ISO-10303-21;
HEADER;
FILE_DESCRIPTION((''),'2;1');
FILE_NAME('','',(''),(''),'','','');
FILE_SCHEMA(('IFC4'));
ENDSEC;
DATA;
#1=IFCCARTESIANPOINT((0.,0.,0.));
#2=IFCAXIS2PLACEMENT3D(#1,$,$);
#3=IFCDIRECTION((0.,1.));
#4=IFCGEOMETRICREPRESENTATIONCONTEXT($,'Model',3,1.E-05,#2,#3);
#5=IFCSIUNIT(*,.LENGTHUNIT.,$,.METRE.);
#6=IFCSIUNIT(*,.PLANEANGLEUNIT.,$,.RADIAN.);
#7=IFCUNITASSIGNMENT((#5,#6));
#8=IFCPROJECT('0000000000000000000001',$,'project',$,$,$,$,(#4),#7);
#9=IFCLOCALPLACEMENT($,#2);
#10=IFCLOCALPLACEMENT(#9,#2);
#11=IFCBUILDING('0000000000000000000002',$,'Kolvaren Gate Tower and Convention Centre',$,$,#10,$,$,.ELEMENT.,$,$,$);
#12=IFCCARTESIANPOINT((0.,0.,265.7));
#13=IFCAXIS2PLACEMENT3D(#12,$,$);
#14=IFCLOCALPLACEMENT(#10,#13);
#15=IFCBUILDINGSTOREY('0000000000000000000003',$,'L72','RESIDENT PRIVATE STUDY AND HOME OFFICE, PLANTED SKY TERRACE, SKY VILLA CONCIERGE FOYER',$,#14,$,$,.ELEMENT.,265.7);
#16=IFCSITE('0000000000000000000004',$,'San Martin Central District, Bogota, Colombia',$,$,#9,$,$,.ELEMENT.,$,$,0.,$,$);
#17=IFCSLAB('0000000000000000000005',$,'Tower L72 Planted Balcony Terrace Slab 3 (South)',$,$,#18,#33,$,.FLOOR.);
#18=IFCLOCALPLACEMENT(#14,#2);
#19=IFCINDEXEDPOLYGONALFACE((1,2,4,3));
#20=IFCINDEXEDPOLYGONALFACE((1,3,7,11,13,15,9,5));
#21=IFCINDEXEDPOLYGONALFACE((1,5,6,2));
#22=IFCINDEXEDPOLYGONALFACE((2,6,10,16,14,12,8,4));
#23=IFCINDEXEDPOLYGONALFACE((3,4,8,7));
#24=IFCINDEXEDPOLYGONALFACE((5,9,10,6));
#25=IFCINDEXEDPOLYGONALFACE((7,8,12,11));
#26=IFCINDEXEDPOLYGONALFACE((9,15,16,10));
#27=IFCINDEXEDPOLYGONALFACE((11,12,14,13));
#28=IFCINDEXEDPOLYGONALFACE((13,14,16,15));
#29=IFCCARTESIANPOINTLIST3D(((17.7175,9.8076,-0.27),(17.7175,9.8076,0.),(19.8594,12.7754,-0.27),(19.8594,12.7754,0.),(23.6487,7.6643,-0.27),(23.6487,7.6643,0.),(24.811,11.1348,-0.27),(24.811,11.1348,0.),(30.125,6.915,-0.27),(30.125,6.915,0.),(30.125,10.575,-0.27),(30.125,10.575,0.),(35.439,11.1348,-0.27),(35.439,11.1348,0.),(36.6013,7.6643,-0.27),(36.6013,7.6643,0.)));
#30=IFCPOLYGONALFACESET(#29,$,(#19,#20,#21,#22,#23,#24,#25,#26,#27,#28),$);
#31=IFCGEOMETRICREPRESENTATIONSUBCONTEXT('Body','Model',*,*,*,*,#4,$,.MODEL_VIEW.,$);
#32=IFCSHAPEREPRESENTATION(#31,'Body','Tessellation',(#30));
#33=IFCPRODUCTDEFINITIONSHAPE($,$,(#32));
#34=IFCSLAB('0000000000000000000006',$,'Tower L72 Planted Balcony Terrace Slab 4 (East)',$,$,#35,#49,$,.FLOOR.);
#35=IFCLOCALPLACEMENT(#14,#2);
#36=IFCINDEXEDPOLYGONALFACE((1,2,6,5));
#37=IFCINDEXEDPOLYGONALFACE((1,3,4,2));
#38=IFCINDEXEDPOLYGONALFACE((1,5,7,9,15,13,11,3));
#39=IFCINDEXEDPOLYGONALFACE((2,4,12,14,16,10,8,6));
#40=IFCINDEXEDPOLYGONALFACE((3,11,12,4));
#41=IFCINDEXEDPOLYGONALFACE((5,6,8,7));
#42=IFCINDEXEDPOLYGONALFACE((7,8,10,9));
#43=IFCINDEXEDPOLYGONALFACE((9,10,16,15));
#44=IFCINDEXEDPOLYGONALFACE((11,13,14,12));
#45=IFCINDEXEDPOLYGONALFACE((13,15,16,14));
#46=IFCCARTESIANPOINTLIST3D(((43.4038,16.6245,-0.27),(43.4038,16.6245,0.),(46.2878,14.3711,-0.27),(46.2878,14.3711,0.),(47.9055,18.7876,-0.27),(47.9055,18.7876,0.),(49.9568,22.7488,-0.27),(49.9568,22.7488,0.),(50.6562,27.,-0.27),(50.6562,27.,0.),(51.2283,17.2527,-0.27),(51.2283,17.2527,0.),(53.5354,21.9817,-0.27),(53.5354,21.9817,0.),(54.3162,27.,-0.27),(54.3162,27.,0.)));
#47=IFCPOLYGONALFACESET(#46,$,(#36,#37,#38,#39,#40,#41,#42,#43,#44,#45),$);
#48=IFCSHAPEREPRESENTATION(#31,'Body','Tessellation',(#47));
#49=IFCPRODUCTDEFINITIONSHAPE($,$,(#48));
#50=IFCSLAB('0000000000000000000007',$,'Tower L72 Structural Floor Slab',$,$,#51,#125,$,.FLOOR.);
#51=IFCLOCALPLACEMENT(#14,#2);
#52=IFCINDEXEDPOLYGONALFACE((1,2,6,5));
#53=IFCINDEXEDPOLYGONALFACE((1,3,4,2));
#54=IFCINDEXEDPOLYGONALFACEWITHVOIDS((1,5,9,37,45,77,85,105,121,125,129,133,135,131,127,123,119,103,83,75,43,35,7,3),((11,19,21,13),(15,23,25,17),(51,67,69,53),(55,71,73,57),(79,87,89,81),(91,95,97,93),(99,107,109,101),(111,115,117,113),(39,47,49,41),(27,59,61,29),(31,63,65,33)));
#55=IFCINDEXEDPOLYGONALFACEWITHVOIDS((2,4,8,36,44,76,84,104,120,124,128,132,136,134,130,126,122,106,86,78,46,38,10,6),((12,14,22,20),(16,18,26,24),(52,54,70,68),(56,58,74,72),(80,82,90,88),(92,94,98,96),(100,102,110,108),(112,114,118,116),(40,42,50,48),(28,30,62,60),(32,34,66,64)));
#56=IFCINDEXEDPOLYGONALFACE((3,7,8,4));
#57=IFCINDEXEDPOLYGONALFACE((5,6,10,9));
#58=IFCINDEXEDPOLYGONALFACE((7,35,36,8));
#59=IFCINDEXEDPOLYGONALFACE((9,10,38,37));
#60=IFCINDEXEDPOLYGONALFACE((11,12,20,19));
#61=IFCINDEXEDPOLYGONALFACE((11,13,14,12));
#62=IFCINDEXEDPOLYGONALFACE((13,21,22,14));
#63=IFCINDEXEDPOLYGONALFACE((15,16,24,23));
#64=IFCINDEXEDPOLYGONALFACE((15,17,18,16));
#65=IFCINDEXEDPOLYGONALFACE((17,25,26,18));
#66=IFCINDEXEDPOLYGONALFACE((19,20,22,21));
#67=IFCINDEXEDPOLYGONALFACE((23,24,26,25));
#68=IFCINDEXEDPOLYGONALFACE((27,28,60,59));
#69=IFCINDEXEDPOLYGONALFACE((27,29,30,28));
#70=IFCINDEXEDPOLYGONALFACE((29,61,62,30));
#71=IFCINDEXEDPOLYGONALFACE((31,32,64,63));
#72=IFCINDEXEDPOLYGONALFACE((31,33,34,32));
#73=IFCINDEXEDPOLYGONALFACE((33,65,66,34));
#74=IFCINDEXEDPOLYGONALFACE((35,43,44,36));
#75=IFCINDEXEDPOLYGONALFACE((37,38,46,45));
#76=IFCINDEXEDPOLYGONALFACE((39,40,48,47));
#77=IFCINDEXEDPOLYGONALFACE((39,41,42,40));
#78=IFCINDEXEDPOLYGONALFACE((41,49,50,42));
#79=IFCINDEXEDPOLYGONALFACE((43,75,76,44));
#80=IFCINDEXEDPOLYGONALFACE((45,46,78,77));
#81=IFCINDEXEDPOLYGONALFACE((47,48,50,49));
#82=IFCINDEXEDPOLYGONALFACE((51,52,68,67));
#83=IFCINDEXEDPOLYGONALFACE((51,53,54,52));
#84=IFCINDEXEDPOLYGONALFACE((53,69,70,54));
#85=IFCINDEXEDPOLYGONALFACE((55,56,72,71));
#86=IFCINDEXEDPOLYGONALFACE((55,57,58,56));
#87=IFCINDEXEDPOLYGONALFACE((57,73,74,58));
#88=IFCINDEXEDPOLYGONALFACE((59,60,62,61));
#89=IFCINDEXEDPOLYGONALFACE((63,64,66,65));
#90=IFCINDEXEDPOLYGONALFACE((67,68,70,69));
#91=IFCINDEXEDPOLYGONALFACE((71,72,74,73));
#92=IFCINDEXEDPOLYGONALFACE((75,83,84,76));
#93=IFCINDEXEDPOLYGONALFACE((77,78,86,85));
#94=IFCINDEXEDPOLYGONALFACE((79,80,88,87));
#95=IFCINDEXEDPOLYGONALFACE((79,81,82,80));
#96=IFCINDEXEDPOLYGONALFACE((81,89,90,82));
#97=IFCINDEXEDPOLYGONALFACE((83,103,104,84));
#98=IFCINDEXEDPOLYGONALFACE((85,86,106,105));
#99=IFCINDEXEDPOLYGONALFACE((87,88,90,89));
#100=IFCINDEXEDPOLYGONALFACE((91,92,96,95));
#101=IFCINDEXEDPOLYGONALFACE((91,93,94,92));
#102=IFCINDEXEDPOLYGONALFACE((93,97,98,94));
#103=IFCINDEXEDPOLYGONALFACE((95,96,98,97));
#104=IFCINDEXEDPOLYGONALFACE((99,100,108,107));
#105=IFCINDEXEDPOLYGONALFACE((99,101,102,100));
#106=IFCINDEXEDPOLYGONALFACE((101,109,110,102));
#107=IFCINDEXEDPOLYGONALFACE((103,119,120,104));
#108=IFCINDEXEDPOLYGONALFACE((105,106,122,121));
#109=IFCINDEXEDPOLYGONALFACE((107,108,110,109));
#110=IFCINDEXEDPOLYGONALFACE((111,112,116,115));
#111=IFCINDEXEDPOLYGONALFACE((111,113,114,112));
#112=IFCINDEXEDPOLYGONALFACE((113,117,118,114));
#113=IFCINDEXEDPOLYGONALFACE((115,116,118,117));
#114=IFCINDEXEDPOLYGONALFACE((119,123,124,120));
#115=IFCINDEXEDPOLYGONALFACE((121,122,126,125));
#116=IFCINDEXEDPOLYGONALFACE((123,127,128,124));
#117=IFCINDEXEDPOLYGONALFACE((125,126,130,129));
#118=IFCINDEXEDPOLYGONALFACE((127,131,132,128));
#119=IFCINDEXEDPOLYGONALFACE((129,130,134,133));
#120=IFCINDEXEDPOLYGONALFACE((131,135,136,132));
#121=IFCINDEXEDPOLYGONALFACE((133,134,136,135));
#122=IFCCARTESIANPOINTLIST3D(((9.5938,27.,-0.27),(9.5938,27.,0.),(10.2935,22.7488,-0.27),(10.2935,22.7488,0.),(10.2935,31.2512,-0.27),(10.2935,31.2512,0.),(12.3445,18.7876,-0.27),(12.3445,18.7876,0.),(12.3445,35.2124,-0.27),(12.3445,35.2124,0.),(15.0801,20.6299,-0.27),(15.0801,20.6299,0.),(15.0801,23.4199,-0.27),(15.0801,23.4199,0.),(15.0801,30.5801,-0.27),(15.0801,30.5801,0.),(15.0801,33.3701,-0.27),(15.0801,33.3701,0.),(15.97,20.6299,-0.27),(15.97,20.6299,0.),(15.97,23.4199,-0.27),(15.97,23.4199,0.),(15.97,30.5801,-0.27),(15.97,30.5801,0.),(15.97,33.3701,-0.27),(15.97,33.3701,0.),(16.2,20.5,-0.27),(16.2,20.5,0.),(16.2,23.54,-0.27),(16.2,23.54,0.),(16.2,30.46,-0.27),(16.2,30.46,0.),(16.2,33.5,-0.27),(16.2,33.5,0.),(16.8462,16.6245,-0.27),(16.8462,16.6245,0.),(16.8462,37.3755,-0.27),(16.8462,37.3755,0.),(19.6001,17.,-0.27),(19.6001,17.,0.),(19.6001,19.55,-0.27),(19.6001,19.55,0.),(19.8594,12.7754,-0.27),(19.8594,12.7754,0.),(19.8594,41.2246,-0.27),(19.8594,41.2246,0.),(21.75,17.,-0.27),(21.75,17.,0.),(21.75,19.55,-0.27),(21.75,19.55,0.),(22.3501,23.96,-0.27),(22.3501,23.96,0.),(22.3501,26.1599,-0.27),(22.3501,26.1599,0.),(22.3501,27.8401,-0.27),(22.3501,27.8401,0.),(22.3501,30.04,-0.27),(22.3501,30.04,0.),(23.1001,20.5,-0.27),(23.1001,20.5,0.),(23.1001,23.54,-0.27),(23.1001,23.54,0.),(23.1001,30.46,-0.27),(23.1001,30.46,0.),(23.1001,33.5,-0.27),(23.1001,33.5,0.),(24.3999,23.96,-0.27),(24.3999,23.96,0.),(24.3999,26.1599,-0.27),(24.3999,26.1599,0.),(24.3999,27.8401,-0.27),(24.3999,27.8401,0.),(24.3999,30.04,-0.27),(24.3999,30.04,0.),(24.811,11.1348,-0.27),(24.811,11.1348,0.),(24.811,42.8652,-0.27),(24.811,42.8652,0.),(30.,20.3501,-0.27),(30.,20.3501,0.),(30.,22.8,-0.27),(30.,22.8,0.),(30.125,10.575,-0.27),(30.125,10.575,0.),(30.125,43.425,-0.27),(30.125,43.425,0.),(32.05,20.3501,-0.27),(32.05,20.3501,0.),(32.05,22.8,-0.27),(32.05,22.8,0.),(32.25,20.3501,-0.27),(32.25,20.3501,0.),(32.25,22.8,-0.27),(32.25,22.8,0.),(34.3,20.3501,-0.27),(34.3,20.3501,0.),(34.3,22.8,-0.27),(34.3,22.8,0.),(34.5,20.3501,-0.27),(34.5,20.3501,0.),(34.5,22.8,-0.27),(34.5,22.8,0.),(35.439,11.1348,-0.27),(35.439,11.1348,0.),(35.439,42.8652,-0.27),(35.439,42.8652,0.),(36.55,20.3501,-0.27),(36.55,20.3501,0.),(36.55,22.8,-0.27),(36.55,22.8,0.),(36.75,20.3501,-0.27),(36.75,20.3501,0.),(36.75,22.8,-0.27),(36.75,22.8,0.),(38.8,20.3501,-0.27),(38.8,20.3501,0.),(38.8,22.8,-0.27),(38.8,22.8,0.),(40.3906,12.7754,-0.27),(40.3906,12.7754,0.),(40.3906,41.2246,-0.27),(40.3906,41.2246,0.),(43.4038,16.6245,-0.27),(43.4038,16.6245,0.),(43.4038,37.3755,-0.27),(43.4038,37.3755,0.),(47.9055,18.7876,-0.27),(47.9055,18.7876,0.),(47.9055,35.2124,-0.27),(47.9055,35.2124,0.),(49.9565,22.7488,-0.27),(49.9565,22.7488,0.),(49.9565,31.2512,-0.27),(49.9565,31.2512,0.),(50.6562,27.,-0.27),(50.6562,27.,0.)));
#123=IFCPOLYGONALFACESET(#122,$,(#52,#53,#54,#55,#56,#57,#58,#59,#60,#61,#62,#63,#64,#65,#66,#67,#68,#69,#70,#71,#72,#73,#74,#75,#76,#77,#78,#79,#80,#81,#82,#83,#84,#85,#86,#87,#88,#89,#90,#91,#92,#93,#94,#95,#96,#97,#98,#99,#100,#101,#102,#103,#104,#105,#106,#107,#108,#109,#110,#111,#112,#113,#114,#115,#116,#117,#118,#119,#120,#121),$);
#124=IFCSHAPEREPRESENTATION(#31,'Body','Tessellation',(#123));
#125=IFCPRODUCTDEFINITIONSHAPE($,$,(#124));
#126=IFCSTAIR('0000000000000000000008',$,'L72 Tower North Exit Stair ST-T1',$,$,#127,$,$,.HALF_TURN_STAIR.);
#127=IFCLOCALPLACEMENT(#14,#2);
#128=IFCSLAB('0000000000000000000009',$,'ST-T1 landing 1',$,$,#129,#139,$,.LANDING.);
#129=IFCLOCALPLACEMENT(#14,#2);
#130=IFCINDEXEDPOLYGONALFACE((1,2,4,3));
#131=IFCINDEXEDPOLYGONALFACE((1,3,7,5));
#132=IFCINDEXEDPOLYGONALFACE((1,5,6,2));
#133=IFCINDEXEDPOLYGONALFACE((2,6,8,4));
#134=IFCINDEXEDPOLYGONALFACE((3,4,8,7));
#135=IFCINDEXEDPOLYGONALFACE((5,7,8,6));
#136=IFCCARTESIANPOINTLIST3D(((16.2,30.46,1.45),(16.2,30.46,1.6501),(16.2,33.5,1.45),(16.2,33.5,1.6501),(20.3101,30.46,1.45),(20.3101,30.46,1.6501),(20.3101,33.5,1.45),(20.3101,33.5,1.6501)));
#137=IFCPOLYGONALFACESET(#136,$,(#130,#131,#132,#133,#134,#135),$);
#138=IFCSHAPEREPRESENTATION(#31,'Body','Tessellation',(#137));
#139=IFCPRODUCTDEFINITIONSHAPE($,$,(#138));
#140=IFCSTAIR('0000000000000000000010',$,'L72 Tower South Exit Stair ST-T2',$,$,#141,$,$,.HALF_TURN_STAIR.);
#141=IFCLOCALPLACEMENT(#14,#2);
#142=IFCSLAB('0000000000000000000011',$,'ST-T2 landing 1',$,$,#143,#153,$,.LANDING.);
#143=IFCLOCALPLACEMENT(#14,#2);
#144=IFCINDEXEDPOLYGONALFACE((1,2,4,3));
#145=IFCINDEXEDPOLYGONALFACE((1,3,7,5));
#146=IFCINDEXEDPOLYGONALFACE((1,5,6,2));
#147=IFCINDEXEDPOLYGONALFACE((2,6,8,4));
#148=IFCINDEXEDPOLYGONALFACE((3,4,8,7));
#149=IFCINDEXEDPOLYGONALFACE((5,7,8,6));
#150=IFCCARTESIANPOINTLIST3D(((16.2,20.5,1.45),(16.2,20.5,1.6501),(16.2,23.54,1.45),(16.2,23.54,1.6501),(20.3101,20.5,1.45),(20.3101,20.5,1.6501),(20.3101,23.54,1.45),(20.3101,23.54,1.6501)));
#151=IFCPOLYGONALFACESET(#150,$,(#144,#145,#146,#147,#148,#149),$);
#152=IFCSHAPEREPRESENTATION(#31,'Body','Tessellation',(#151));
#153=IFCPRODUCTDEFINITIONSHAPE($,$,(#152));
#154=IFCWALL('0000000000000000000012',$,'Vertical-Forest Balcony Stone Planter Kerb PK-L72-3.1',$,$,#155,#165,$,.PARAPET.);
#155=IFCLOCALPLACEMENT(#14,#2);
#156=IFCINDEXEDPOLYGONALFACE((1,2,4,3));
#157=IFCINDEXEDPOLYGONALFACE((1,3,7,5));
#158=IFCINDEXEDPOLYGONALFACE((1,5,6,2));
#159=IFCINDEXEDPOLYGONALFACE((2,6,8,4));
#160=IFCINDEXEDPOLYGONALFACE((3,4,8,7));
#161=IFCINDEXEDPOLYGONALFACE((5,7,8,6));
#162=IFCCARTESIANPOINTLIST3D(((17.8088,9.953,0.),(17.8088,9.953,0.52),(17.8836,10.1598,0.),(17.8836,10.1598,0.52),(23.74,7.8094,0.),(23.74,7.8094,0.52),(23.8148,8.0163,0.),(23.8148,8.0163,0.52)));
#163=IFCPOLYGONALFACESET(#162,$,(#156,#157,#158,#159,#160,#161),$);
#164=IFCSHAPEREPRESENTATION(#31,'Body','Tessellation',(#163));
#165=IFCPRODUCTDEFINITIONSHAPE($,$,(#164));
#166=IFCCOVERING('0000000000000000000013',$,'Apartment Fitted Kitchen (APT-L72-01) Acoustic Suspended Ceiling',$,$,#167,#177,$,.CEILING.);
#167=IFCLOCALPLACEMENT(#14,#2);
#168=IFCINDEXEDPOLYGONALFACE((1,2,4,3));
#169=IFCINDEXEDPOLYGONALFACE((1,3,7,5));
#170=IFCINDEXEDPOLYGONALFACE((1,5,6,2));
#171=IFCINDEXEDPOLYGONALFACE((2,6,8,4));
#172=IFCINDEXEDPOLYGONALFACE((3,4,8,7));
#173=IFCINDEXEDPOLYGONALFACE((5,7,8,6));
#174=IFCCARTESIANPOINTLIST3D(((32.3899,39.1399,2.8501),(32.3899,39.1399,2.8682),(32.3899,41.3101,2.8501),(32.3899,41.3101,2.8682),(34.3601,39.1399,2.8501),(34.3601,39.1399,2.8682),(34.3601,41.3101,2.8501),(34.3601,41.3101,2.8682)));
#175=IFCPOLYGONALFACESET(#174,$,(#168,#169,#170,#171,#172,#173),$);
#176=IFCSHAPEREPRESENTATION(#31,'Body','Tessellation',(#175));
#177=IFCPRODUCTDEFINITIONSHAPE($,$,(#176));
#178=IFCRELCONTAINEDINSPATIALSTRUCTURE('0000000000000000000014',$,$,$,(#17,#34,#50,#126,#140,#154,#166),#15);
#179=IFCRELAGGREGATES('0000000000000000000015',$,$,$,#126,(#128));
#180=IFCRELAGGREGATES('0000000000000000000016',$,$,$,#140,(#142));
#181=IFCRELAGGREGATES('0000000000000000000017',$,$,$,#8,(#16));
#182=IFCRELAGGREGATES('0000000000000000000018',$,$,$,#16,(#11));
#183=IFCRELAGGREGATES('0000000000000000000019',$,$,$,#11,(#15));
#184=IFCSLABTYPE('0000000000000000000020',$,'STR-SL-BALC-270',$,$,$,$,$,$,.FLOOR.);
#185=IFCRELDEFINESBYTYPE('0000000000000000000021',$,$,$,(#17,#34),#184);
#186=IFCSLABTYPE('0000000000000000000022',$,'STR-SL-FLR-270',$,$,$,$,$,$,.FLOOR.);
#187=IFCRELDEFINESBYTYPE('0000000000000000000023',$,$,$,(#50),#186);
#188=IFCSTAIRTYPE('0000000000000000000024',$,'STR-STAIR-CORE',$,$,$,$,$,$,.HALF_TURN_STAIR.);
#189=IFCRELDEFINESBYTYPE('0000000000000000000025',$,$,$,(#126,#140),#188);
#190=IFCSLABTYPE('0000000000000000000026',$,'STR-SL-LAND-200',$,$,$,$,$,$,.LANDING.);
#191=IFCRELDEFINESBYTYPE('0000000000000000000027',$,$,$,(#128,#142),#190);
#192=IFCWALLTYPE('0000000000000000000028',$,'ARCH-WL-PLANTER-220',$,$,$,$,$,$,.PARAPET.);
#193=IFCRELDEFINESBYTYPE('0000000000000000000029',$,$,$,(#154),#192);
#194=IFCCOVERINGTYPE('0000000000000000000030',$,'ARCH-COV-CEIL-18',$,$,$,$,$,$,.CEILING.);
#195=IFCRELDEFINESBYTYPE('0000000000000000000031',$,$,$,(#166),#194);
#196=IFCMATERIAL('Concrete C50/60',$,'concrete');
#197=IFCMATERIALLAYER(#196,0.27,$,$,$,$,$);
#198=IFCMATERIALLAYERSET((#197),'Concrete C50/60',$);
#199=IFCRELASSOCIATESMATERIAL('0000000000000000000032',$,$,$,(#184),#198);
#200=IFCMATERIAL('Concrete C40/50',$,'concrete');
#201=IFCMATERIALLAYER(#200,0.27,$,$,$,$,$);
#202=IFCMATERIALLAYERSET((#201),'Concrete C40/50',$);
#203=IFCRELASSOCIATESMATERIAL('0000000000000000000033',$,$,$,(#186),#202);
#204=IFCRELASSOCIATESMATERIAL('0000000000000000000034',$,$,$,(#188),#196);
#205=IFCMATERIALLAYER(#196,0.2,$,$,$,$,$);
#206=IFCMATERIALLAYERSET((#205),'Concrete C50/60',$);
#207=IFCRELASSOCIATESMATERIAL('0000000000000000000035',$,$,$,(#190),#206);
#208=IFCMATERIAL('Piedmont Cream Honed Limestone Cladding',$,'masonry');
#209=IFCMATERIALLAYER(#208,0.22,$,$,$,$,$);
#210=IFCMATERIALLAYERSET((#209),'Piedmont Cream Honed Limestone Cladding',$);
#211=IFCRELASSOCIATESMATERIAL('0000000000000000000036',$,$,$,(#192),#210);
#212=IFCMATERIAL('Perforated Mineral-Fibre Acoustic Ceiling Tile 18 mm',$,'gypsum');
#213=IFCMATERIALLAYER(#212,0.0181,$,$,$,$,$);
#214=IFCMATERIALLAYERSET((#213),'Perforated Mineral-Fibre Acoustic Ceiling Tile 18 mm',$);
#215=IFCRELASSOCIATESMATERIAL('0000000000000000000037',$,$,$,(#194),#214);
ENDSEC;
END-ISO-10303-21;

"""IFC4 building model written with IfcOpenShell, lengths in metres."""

from ifc_helpers import new_model, si_unit, direction, frame, frame_2d, origin, place, context, subcontext, project, spatial, polyline, rectangle, outline, extrude, material, layer, layer_set, type_object, element, aggregate, save


model = new_model("IFC4")

# Units and contexts
model_context = context("Model", 3, precision=1e-05, world=origin(), true_north=direction((0.0, 1.0)))
body_context = subcontext(model_context, "Body", "Model", "MODEL_VIEW")
ifc_project = project(units=[si_unit("LENGTHUNIT", "METRE"), si_unit("PLANEANGLEUNIT", "RADIAN")], contexts=[model_context])

# Site, building, storey
site_placement = place(None, origin())
site = spatial("IfcSite", under=ifc_project, at=site_placement, Name="San Martin Central District, Bogota, Colombia", CompositionType="ELEMENT", RefElevation=0.0)
building_placement = place(site_placement, origin())
building = spatial("IfcBuilding", under=site, at=building_placement, Name="Kolvaren Gate Tower and Convention Centre", CompositionType="ELEMENT")
storey_placement = place(building_placement, frame((0.0, 0.0, 265.7)))
storey = spatial("IfcBuildingStorey", under=building, at=storey_placement, Name="L72", Description="RESIDENT PRIVATE STUDY AND HOME OFFICE, PLANTED SKY TERRACE, SKY VILLA CONCIERGE FOYER", CompositionType="ELEMENT", Elevation=265.7)

# Slabs
ifc_material_1 = material(Name="Concrete C50/60", Category="concrete")
ifc_layer_1 = layer(ifc_material_1, 0.27)
ifc_layer_set_1 = layer_set([ifc_layer_1], Name="Concrete C50/60")
slab_type_1 = type_object("IfcSlabType", Name="STR-SL-BALC-270", PredefinedType="FLOOR", material=ifc_layer_set_1)
slab_1_placement = place(storey_placement, frame((0.0, 0.0, -0.27)))
element("IfcSlab", 1, at=slab_1_placement, inside=storey, type_object=slab_type_1, Name="Tower L72 Planted Balcony Terrace Slab 3 (South)", PredefinedType="FLOOR", context=body_context, shape_type="SweptSolid", body=[
    extrude(outline(polyline([(19.8594, 12.7754), (24.811, 11.1348), (30.125, 10.575), (35.439, 11.1348), (36.6013, 7.6643), (30.125, 6.915), (23.6487, 7.6643), (17.7175, 9.8076), (19.8594, 12.7754)])), origin(), (0.0, 0.0, 1.0), 0.27),
])
slab_2_placement = place(storey_placement, frame((0.0, 0.0, -0.27)))
element("IfcSlab", 2, at=slab_2_placement, inside=storey, type_object=slab_type_1, Name="Tower L72 Planted Balcony Terrace Slab 4 (East)", PredefinedType="FLOOR", context=body_context, shape_type="SweptSolid", body=[
    extrude(outline(polyline([(43.4038, 16.6245), (47.9055, 18.7876), (49.9568, 22.7488), (50.6562, 27.0), (54.3162, 27.0), (53.5354, 21.9817), (51.2283, 17.2527), (46.2878, 14.3711), (43.4038, 16.6245)])), origin(), (0.0, 0.0, 1.0), 0.27),
])
ifc_material_2 = material(Name="Concrete C40/50", Category="concrete")
ifc_layer_2 = layer(ifc_material_2, 0.27)
ifc_layer_set_2 = layer_set([ifc_layer_2], Name="Concrete C40/50")
slab_type_2 = type_object("IfcSlabType", Name="STR-SL-FLR-270", PredefinedType="FLOOR", material=ifc_layer_set_2)
slab_3_placement = place(storey_placement, frame((0.0, 0.0, -0.27)))
element("IfcSlab", 3, at=slab_3_placement, inside=storey, type_object=slab_type_2, Name="Tower L72 Structural Floor Slab", PredefinedType="FLOOR", context=body_context, shape_type="SweptSolid", body=[
    extrude(outline(polyline([(50.6562, 27.0), (49.9565, 31.2512), (47.9055, 35.2124), (43.4038, 37.3755), (40.3906, 41.2246), (35.439, 42.8652), (30.125, 43.425), (24.811, 42.8652), (19.8594, 41.2246), (16.8462, 37.3755), (12.3445, 35.2124), (10.2935, 31.2512), (9.5938, 27.0), (10.2935, 22.7488), (12.3445, 18.7876), (16.8462, 16.6245), (19.8594, 12.7754), (24.811, 11.1348), (30.125, 10.575), (35.439, 11.1348), (40.3906, 12.7754), (43.4038, 16.6245), (47.9055, 18.7876), (49.9565, 22.7488), (50.6562, 27.0)]), holes=[polyline([(36.75, 20.3501), (36.75, 22.8), (38.8, 22.8), (38.8, 20.3501), (36.75, 20.3501)]), polyline([(36.55, 20.3501), (34.5, 20.3501), (34.5, 22.8), (36.55, 22.8), (36.55, 20.3501)]), polyline([(32.25, 20.3501), (32.25, 22.8), (34.3, 22.8), (34.3, 20.3501), (32.25, 20.3501)]), polyline([(30.0, 20.3501), (30.0, 22.8), (32.05, 22.8), (32.05, 20.3501), (30.0, 20.3501)]), polyline([(22.3501, 23.96), (22.3501, 26.1599), (24.3999, 26.1599), (24.3999, 23.96), (22.3501, 23.96)]), polyline([(22.3501, 27.8401), (22.3501, 30.04), (24.3999, 30.04), (24.3999, 27.8401), (22.3501, 27.8401)]), polyline([(16.2, 23.54), (23.1001, 23.54), (23.1001, 20.5), (16.2, 20.5), (16.2, 23.54)]), polyline([(16.2, 33.5), (23.1001, 33.5), (23.1001, 30.46), (16.2, 30.46), (16.2, 33.5)]), polyline([(21.75, 17.0), (19.6001, 17.0), (19.6001, 19.55), (21.75, 19.55), (21.75, 17.0)]), polyline([(15.0801, 30.5801), (15.0801, 33.3701), (15.97, 33.3701), (15.97, 30.5801), (15.0801, 30.5801)]), polyline([(15.97, 20.6299), (15.0801, 20.6299), (15.0801, 23.4199), (15.97, 23.4199), (15.97, 20.6299)])]), origin(), (0.0, 0.0, 1.0), 0.27),
])

# Stairs, slabs
stair_type = type_object("IfcStairType", Name="STR-STAIR-CORE", PredefinedType="HALF_TURN_STAIR", material=ifc_material_1)
stair_1_placement = place(storey_placement, origin())
stair_1 = element("IfcStair", 4, at=stair_1_placement, inside=storey, type_object=stair_type, Name="L72 Tower North Exit Stair ST-T1", PredefinedType="HALF_TURN_STAIR")
ifc_layer_3 = layer(ifc_material_1, 0.2)
ifc_layer_set_3 = layer_set([ifc_layer_3], Name="Concrete C50/60")
slab_type_3 = type_object("IfcSlabType", Name="STR-SL-LAND-200", PredefinedType="LANDING", material=ifc_layer_set_3)
slab_4_placement = place(storey_placement, frame((0.0, 0.0, 1.45)))
slab_4 = element("IfcSlab", 5, at=slab_4_placement, type_object=slab_type_3, Name="ST-T1 landing 1", PredefinedType="LANDING", context=body_context, shape_type="SweptSolid", body=[
    extrude(outline(polyline([(20.3101, 33.5), (16.2, 33.5), (16.2, 30.46), (20.3101, 30.46), (20.3101, 33.5)])), origin(), (0.0, 0.0, 1.0), 0.2002),
])
aggregate(stair_1, [slab_4])
stair_2_placement = place(storey_placement, origin())
stair_2 = element("IfcStair", 6, at=stair_2_placement, inside=storey, type_object=stair_type, Name="L72 Tower South Exit Stair ST-T2", PredefinedType="HALF_TURN_STAIR")
slab_5_placement = place(storey_placement, frame((0.0, 0.0, 1.45)))
slab_5 = element("IfcSlab", 7, at=slab_5_placement, type_object=slab_type_3, Name="ST-T2 landing 1", PredefinedType="LANDING", context=body_context, shape_type="SweptSolid", body=[
    extrude(outline(polyline([(20.3101, 23.54), (16.2, 23.54), (16.2, 20.5), (20.3101, 20.5), (20.3101, 23.54)])), origin(), (0.0, 0.0, 1.0), 0.2002),
])
aggregate(stair_2, [slab_5])

# Wall
ifc_material_3 = material(Name="Piedmont Cream Honed Limestone Cladding", Category="masonry")
ifc_layer_4 = layer(ifc_material_3, 0.22)
ifc_layer_set_4 = layer_set([ifc_layer_4], Name="Piedmont Cream Honed Limestone Cladding")
wall_type = type_object("IfcWallType", Name="ARCH-WL-PLANTER-220", PredefinedType="PARAPET", material=ifc_layer_set_4)
wall_placement = place(storey_placement, frame((17.8462, 10.0564, 0.0), z_axis=(0.0, 0.0, 1.0), x_axis=(0.940465, -0.33989, 0.0)))
element("IfcWall", 8, at=wall_placement, inside=storey, type_object=wall_type, Name="Vertical-Forest Balcony Stone Planter Kerb PK-L72-3.1", PredefinedType="PARAPET", context=body_context, shape_type="SweptSolid", body=[
    extrude(rectangle(XDim=6.3066, YDim=0.22, at=frame_2d((3.1533, 0.0))), origin(), (0.0, 0.0, 1.0), 0.52),
])

# Covering
ifc_material_4 = material(Name="Perforated Mineral-Fibre Acoustic Ceiling Tile 18 mm", Category="gypsum")
ifc_layer_5 = layer(ifc_material_4, 0.0181)
ifc_layer_set_5 = layer_set([ifc_layer_5], Name="Perforated Mineral-Fibre Acoustic Ceiling Tile 18 mm")
covering_type_1 = type_object("IfcCoveringType", Name="ARCH-COV-CEIL-18", PredefinedType="CEILING", material=ifc_layer_set_5)
covering_1_placement = place(storey_placement, frame((0.0, 0.0, 2.8501)))
element("IfcCovering", 9, at=covering_1_placement, inside=storey, type_object=covering_type_1, Name="Apartment Fitted Kitchen (APT-L72-01) Acoustic Suspended Ceiling", PredefinedType="CEILING", context=body_context, shape_type="SweptSolid", body=[
    extrude(outline(polyline([(32.3899, 39.1399), (32.3899, 41.3101), (34.3601, 41.3101), (34.3601, 39.1399), (32.3899, 39.1399)])), origin(), (0.0, 0.0, 1.0), 0.0181),
])

save(model, "model.ifc")
